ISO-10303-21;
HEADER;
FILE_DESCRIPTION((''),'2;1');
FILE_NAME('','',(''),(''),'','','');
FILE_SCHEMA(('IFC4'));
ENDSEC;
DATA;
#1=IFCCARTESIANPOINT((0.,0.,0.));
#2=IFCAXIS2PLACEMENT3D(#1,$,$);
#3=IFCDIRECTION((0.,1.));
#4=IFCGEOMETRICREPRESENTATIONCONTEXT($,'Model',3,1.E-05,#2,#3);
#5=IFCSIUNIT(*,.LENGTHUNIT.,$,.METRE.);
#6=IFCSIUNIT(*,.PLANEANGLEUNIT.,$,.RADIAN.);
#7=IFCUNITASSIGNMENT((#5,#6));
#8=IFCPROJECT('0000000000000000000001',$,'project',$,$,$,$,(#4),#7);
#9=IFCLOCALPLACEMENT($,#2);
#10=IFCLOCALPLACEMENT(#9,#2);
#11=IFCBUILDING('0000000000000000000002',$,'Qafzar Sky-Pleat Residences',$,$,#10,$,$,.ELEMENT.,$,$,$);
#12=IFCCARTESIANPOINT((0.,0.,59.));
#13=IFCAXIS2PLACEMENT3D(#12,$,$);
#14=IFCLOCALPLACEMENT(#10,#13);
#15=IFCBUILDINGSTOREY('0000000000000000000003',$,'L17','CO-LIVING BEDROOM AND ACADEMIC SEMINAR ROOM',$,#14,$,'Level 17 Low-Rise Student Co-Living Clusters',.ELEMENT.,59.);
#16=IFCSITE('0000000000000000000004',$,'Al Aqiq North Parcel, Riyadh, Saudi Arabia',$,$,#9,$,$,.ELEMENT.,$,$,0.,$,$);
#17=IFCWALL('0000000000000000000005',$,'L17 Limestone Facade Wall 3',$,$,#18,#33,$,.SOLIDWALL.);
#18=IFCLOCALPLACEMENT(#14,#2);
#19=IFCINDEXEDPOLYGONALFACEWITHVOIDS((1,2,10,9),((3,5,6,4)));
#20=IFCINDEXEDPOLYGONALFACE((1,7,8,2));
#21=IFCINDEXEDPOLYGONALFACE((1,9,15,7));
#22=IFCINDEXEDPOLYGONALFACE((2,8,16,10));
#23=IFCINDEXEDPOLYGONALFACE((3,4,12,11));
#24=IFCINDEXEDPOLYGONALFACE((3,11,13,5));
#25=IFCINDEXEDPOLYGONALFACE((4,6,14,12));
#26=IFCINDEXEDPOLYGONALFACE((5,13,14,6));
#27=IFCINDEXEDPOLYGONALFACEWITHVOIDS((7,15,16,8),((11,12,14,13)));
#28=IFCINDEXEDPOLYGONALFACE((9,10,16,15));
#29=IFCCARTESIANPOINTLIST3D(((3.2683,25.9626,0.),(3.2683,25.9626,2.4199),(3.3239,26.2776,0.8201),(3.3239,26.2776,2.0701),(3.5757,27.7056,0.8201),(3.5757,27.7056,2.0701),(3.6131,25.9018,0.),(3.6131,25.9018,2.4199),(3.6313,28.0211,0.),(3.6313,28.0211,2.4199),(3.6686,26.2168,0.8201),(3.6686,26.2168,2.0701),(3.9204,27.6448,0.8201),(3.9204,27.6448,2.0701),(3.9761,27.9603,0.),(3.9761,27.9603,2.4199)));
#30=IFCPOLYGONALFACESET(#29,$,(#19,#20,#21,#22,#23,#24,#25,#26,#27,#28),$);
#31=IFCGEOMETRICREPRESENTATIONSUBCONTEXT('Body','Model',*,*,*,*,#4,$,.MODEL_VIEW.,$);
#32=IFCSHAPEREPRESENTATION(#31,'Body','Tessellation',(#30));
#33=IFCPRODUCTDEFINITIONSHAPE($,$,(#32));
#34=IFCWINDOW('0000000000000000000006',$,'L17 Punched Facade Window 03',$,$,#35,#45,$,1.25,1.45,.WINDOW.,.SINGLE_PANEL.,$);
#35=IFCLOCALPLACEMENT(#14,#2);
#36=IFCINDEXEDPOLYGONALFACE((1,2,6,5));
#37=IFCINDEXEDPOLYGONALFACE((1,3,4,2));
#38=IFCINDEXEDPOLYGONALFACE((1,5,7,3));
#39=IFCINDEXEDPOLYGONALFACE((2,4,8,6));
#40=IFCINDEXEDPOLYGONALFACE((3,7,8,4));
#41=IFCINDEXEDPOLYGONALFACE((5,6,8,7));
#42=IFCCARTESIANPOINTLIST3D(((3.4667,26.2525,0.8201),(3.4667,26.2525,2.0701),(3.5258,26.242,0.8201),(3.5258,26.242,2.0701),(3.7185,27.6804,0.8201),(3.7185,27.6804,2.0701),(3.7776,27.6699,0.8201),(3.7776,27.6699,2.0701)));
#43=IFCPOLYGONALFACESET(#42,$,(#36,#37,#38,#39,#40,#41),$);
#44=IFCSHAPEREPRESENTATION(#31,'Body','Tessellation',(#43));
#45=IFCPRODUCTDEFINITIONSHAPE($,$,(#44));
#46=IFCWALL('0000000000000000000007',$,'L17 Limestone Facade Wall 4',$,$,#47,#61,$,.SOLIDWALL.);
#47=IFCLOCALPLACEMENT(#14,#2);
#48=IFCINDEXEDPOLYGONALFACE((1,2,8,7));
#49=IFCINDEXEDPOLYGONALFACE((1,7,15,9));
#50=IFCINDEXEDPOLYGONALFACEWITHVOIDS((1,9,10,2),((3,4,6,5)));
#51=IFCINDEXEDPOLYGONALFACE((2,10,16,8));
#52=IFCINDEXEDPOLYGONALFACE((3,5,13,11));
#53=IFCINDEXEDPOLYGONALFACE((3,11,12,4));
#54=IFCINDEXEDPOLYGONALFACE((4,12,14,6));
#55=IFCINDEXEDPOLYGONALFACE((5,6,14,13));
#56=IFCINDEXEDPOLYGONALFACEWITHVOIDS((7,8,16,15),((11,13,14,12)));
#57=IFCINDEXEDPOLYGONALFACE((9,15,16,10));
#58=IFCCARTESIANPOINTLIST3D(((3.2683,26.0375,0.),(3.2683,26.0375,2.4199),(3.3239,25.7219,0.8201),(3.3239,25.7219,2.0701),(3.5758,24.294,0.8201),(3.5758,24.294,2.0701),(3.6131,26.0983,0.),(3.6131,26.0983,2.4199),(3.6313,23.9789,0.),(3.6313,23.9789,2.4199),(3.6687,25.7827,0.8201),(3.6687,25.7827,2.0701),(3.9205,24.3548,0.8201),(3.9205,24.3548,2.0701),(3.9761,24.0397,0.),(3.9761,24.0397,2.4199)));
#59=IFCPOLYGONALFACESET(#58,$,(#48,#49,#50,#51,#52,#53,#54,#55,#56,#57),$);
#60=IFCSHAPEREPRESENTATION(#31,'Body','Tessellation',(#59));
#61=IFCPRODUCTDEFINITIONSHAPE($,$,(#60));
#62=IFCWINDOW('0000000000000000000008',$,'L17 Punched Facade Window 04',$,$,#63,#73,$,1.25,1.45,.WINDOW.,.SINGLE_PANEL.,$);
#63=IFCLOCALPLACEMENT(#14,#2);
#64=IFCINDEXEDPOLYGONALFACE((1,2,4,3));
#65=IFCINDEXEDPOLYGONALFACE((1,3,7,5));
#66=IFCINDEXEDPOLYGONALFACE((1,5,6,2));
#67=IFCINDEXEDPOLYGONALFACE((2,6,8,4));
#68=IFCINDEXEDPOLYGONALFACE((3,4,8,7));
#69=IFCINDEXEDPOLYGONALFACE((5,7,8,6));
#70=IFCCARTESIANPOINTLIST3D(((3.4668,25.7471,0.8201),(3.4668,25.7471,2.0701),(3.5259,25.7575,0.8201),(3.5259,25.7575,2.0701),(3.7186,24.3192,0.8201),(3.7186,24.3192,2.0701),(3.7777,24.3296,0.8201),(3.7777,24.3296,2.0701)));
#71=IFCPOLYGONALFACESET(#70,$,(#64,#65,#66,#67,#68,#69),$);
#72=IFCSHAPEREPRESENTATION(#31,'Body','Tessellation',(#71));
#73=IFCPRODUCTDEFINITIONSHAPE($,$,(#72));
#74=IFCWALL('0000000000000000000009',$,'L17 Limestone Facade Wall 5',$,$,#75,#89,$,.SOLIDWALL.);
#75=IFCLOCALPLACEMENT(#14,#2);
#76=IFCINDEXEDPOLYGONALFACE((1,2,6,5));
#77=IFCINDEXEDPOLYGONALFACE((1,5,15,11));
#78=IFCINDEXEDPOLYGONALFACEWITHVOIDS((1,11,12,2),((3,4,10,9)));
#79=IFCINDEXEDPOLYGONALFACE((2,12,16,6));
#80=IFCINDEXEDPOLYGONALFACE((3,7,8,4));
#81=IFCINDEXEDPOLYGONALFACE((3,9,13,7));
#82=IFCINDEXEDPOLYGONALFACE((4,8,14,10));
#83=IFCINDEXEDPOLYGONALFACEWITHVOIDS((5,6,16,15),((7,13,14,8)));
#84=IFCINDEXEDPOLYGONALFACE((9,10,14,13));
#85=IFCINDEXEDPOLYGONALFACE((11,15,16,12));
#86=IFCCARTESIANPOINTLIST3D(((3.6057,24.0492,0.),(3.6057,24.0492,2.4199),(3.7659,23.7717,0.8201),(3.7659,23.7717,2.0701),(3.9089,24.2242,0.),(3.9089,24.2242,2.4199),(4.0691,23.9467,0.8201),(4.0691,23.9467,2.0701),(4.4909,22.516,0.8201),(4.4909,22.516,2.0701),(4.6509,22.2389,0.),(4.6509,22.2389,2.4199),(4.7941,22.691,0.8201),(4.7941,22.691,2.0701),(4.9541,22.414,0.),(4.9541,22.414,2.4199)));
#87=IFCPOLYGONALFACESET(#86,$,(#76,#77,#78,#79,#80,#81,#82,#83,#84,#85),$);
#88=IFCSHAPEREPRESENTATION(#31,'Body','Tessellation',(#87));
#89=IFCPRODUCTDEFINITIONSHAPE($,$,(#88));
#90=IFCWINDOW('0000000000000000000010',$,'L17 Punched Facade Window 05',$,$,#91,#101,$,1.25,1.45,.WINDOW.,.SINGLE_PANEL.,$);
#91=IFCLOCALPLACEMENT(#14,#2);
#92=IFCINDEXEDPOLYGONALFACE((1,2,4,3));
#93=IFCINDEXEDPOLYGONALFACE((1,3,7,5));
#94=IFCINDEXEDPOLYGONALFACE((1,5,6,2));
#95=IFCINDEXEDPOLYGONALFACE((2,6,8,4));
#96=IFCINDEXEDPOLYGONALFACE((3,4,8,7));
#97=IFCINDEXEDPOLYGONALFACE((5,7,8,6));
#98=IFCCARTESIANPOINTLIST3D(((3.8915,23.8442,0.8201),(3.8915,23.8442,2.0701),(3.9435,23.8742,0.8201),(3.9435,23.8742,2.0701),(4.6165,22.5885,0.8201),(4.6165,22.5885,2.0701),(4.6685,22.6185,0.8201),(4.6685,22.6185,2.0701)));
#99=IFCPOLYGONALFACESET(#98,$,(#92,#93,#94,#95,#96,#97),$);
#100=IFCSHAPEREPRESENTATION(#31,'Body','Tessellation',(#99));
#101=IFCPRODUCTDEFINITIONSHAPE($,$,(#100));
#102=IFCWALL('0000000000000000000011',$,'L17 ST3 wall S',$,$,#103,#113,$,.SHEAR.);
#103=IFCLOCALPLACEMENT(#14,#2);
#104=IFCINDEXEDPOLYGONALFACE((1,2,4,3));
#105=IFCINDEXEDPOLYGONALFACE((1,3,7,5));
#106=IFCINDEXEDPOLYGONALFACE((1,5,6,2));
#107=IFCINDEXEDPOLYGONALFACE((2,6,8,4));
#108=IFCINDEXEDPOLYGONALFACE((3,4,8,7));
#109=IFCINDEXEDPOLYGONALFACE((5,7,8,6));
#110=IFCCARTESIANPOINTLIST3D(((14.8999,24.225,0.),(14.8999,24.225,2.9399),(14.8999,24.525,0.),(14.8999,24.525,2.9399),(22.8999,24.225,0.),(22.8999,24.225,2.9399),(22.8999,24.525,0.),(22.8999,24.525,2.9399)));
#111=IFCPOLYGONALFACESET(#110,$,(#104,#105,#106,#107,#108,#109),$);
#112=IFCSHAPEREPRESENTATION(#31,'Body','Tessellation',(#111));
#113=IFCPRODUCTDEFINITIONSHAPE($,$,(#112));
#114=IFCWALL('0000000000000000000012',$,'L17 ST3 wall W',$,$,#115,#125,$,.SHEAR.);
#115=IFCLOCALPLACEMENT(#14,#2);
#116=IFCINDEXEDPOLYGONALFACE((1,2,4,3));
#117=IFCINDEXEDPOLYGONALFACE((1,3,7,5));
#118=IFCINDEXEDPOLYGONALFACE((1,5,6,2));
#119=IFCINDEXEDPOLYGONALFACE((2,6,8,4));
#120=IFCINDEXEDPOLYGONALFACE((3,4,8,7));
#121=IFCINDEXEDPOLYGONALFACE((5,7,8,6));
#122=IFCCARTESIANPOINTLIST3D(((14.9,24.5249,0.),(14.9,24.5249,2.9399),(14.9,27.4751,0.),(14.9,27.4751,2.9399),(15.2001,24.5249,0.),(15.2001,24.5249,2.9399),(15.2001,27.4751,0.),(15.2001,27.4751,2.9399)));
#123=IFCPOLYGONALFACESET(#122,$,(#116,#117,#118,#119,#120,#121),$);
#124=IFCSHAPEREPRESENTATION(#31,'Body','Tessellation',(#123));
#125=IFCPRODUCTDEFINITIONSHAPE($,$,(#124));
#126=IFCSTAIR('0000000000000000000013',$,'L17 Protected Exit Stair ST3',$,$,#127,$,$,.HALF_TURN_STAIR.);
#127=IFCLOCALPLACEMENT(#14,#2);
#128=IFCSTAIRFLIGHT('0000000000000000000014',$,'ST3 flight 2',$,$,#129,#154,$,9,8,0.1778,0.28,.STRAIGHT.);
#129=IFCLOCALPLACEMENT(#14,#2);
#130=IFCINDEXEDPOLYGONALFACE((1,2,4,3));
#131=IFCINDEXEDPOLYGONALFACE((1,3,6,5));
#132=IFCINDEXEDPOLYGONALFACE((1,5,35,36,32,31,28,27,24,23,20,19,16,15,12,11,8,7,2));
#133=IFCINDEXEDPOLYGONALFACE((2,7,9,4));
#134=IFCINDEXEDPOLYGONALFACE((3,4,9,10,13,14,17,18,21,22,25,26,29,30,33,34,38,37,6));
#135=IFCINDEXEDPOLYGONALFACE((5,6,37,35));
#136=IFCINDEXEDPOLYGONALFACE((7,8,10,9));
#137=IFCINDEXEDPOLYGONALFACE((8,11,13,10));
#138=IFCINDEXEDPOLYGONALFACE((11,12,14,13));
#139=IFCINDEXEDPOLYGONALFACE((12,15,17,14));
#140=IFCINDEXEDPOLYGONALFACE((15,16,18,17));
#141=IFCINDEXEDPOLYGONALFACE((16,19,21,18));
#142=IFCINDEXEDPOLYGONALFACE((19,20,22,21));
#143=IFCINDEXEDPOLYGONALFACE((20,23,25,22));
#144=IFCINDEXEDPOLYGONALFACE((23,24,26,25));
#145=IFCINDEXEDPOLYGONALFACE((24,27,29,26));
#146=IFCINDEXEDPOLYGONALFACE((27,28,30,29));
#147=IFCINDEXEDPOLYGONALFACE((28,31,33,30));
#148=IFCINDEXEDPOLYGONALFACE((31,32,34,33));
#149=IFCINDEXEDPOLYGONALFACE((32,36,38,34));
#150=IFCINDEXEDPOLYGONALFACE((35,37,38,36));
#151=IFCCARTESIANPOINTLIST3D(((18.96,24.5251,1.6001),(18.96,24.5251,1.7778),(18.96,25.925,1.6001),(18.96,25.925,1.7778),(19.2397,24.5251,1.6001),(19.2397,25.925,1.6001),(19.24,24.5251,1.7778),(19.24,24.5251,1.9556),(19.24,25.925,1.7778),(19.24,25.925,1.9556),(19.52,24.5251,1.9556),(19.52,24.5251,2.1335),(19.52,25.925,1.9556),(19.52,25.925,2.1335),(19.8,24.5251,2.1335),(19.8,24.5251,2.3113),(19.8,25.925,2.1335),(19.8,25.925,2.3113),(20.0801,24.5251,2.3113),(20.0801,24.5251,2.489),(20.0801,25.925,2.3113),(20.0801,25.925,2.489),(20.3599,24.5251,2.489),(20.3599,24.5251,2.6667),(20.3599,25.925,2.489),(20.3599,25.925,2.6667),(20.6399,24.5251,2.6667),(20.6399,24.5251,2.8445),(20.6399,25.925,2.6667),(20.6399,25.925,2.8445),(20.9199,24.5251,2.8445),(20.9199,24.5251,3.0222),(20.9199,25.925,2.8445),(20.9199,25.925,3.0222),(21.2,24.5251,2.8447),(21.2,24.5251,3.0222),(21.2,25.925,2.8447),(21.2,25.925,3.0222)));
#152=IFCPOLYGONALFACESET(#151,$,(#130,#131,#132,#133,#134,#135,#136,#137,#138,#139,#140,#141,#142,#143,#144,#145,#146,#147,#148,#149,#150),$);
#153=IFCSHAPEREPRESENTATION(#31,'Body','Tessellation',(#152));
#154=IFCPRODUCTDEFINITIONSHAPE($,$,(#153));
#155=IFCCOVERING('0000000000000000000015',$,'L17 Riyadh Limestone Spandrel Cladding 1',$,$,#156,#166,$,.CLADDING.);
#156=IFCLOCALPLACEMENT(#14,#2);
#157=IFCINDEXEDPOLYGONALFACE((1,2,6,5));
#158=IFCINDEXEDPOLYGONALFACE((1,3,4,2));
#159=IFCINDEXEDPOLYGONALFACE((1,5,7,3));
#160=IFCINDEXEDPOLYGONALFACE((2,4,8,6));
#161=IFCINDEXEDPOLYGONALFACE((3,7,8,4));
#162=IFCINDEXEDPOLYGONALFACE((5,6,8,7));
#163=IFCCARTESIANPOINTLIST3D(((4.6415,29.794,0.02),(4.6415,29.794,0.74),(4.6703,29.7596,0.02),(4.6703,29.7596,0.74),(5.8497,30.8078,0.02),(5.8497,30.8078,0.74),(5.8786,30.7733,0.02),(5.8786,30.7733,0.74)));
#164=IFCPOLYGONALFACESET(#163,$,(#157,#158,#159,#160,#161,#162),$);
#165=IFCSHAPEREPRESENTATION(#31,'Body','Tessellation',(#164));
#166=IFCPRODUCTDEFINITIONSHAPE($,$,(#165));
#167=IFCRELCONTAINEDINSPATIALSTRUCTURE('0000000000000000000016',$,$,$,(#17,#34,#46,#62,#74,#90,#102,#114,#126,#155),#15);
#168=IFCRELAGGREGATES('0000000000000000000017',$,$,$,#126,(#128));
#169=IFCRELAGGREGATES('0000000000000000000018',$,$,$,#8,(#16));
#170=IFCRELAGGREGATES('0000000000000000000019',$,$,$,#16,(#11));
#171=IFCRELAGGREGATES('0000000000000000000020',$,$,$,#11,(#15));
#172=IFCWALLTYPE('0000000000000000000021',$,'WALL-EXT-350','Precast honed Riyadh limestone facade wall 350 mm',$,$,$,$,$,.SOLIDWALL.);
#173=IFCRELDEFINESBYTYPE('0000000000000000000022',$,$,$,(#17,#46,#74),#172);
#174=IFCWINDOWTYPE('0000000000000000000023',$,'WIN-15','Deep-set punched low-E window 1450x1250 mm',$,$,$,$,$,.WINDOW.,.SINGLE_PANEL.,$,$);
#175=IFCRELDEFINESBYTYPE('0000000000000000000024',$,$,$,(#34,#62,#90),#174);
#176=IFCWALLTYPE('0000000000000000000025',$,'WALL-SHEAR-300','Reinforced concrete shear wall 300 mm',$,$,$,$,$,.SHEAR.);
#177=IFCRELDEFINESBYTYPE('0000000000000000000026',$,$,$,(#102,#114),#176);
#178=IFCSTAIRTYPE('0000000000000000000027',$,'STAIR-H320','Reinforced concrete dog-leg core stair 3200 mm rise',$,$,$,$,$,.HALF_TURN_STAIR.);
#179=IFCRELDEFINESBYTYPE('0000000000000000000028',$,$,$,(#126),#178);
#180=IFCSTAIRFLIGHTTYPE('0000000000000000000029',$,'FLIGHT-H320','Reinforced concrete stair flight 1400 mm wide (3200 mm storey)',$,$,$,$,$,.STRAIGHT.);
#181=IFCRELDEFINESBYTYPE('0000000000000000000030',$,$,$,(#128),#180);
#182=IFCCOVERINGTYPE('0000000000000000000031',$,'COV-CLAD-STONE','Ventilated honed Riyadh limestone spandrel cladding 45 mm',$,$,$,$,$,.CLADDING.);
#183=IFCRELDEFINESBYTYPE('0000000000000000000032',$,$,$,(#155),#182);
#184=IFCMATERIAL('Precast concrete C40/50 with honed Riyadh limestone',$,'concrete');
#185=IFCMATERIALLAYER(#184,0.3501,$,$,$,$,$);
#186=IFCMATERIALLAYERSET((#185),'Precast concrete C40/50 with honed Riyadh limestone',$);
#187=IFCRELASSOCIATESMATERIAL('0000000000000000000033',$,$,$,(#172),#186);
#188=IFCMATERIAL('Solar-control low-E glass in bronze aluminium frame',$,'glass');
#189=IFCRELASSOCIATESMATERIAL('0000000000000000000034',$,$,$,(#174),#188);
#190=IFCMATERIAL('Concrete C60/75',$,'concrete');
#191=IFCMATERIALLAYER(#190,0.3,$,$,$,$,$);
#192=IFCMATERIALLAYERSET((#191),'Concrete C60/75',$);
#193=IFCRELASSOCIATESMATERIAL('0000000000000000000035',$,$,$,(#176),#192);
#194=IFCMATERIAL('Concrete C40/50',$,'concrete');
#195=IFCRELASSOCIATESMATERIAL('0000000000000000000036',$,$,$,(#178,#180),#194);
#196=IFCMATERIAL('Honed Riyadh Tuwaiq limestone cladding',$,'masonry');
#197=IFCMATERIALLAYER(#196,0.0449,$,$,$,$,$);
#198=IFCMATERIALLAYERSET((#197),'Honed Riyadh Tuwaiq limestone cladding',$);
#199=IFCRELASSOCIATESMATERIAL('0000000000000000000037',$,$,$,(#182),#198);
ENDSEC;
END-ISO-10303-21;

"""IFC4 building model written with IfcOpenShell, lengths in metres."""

from ifc_helpers import new_model, si_unit, direction, frame, frame_2d, origin, origin_2d, place, context, subcontext, project, spatial, polyline, rectangle, outline, extrude, source, transform, mapped, material, layer, layer_set, type_object, element, fill, aggregate, save


model = new_model("IFC4")

# Units and contexts
model_context = context("Model", 3, precision=1e-05, world=origin(), true_north=direction((0.0, 1.0)))
body_context = subcontext(model_context, "Body", "Model", "MODEL_VIEW")
ifc_project = project(units=[si_unit("LENGTHUNIT", "METRE"), si_unit("PLANEANGLEUNIT", "RADIAN")], contexts=[model_context])

# Site, building, storey
site_placement = place(None, origin())
site = spatial("IfcSite", under=ifc_project, at=site_placement, Name="Al Aqiq North Parcel, Riyadh, Saudi Arabia", CompositionType="ELEMENT", RefElevation=0.0)
building_placement = place(site_placement, origin())
building = spatial("IfcBuilding", under=site, at=building_placement, Name="Qafzar Sky-Pleat Residences", CompositionType="ELEMENT")
storey_placement = place(building_placement, frame((0.0, 0.0, 59.0)))
storey = spatial("IfcBuildingStorey", under=building, at=storey_placement, Name="L17", Description="CO-LIVING BEDROOM AND ACADEMIC SEMINAR ROOM", LongName="Level 17 Low-Rise Student Co-Living Clusters", CompositionType="ELEMENT", Elevation=59.0)

# Shared definitions
ifc_material_1 = material(Name="Concrete C60/75", Category="concrete")

# Shared definitions
ifc_material_2 = material(Name="Precast concrete C40/50 with honed Riyadh limestone", Category="concrete")
ifc_layer_1 = layer(ifc_material_2, 0.3501)
ifc_layer_set_1 = layer_set([ifc_layer_1], Name="Precast concrete C40/50 with honed Riyadh limestone")
wall_type_1 = type_object("IfcWallType", Name="WALL-EXT-350", Description="Precast honed Riyadh limestone facade wall 350 mm", PredefinedType="SOLIDWALL", material=ifc_layer_set_1)

# Walls, openings, windows
ifc_material_3 = material(Name="Solar-control low-E glass in bronze aluminium frame", Category="glass")
window_type = type_object("IfcWindowType", Name="WIN-15", Description="Deep-set punched low-E window 1450x1250 mm", PartitioningType="SINGLE_PANEL", PredefinedType="WINDOW", material=ifc_material_3)
shared_shape_1 = source(origin(), body_context, "Body", "SweptSolid", [
    extrude(rectangle(XDim=1.45, YDim=1.25, at=frame_2d((0.7251, 0.625))), frame((0.0, 0.03, 0.0), z_axis=(0.0, -1.0, 0.0), x_axis=(1.0, 0.0, 0.0)), (0.0, 0.0, 1.0), 0.0601),
])
wall_1_placement = place(storey_placement, frame((3.8037, 27.9907, 0.0), z_axis=(0.0, 0.0, 1.0), x_axis=(-0.173672, -0.984804, 0.0)))
wall_1 = element("IfcWall", 1, at=wall_1_placement, inside=storey, type_object=wall_type_1, Name="L17 Limestone Facade Wall 3", PredefinedType="SOLIDWALL", context=body_context, shape_type="SweptSolid", body=[
    extrude(rectangle(XDim=2.0903, YDim=0.3501, at=frame_2d((1.0452, 0.0))), origin(), (0.0, 0.0, 1.0), 2.4199),
])
opening_1_placement = place(wall_1_placement, frame((0.3203, 0.0, 0.8201)))
opening_1 = element("IfcOpeningElement", 2, at=opening_1_placement, cuts=wall_1, PredefinedType="OPENING", context=body_context, shape_type="SweptSolid", body=[
    extrude(rectangle(XDim=1.45, YDim=1.25, at=frame_2d((0.7251, 0.625))), frame((0.0, 0.1851, 0.0), z_axis=(0.0, -1.0, 0.0), x_axis=(1.0, 0.0, 0.0)), (0.0, 0.0, 1.0), 0.3701),
])
window_1_placement = place(opening_1_placement, origin())
window_1 = element("IfcWindow", 3, at=window_1_placement, inside=storey, type_object=window_type, Name="L17 Punched Facade Window 03", OverallHeight=1.25, OverallWidth=1.45, PartitioningType="SINGLE_PANEL", PredefinedType="WINDOW", context=body_context, shape_type="MappedRepresentation", body=[
    mapped(shared_shape_1, transform((0.0, 0.0, 0.0), x_axis=(1.0, 0.0, 0.0), y_axis=(0.0, 1.0, 0.0), z_axis=(0.0, 0.0, 1.0), scale=1.0)),
])
fill(opening_1, window_1)
wall_2_placement = place(storey_placement, frame((3.4407, 26.0679, 0.0), z_axis=(0.0, 0.0, 1.0), x_axis=(0.173672, -0.984804, 0.0)))
wall_2 = element("IfcWall", 4, at=wall_2_placement, inside=storey, type_object=wall_type_1, Name="L17 Limestone Facade Wall 4", PredefinedType="SOLIDWALL", context=body_context, shape_type="SweptSolid", body=[
    extrude(rectangle(XDim=2.0903, YDim=0.3501, at=frame_2d((1.0452, 0.0))), origin(), (0.0, 0.0, 1.0), 2.4199),
])
opening_2_placement = place(wall_2_placement, frame((0.3203, 0.0, 0.8201)))
opening_2 = element("IfcOpeningElement", 5, at=opening_2_placement, cuts=wall_2, PredefinedType="OPENING", context=body_context, shape_type="SweptSolid", body=[
    extrude(rectangle(XDim=1.45, YDim=1.25, at=frame_2d((0.7251, 0.625))), frame((0.0, 0.1851, 0.0), z_axis=(0.0, -1.0, 0.0), x_axis=(1.0, 0.0, 0.0)), (0.0, 0.0, 1.0), 0.3701),
])
window_2_placement = place(opening_2_placement, origin())
window_2 = element("IfcWindow", 6, at=window_2_placement, inside=storey, type_object=window_type, Name="L17 Punched Facade Window 04", OverallHeight=1.25, OverallWidth=1.45, PartitioningType="SINGLE_PANEL", PredefinedType="WINDOW", context=body_context, shape_type="MappedRepresentation", body=[
    mapped(shared_shape_1, transform((0.0, 0.0, 0.0), x_axis=(1.0, 0.0, 0.0), y_axis=(0.0, 1.0, 0.0), z_axis=(0.0, 0.0, 1.0), scale=1.0)),
])
fill(opening_2, window_2)
wall_3_placement = place(storey_placement, frame((3.7573, 24.1367, 0.0), z_axis=(0.0, 0.0, 1.0), x_axis=(0.499995, -0.866028, 0.0)))
wall_3 = element("IfcWall", 7, at=wall_3_placement, inside=storey, type_object=wall_type_1, Name="L17 Limestone Facade Wall 5", PredefinedType="SOLIDWALL", context=body_context, shape_type="SweptSolid", body=[
    extrude(rectangle(XDim=2.0903, YDim=0.3501, at=frame_2d((1.0452, 0.0))), origin(), (0.0, 0.0, 1.0), 2.4199),
])
opening_3_placement = place(wall_3_placement, frame((0.3203, 0.0, 0.8201)))
opening_3 = element("IfcOpeningElement", 8, at=opening_3_placement, cuts=wall_3, PredefinedType="OPENING", context=body_context, shape_type="SweptSolid", body=[
    extrude(rectangle(XDim=1.45, YDim=1.25, at=frame_2d((0.7251, 0.625))), frame((0.0, 0.1851, 0.0), z_axis=(0.0, -1.0, 0.0), x_axis=(1.0, 0.0, 0.0)), (0.0, 0.0, 1.0), 0.3701),
])
window_3_placement = place(opening_3_placement, origin())
window_3 = element("IfcWindow", 9, at=window_3_placement, inside=storey, type_object=window_type, Name="L17 Punched Facade Window 05", OverallHeight=1.25, OverallWidth=1.45, PartitioningType="SINGLE_PANEL", PredefinedType="WINDOW", context=body_context, shape_type="MappedRepresentation", body=[
    mapped(shared_shape_1, transform((0.0, 0.0, 0.0), x_axis=(1.0, 0.0, 0.0), y_axis=(0.0, 1.0, 0.0), z_axis=(0.0, 0.0, 1.0), scale=1.0)),
])
fill(opening_3, window_3)

# Walls
ifc_layer_2 = layer(ifc_material_1, 0.3)
ifc_layer_set_2 = layer_set([ifc_layer_2], Name="Concrete C60/75")
wall_type_2 = type_object("IfcWallType", Name="WALL-SHEAR-300", Description="Reinforced concrete shear wall 300 mm", PredefinedType="SHEAR", material=ifc_layer_set_2)
wall_4_placement = place(storey_placement, frame((14.8999, 24.375, 0.0), z_axis=(0.0, 0.0, 1.0), x_axis=(1.0, 0.0, 0.0)))
element("IfcWall", 10, at=wall_4_placement, inside=storey, type_object=wall_type_2, Name="L17 ST3 wall S", PredefinedType="SHEAR", context=body_context, shape_type="SweptSolid", body=[
    extrude(rectangle(XDim=8.0, YDim=0.3, at=frame_2d((4.0, 0.0))), origin(), (0.0, 0.0, 1.0), 2.9399),
])
wall_5_placement = place(storey_placement, frame((15.05, 27.4751, 0.0), z_axis=(0.0, 0.0, 1.0), x_axis=(0.0, -1.0, 0.0)))
element("IfcWall", 11, at=wall_5_placement, inside=storey, type_object=wall_type_2, Name="L17 ST3 wall W", PredefinedType="SHEAR", context=body_context, shape_type="SweptSolid", body=[
    extrude(rectangle(XDim=2.9502, YDim=0.3, at=frame_2d((1.4751, 0.0))), origin(), (0.0, 0.0, 1.0), 2.9399),
])

# Stair, stair flight
ifc_material_4 = material(Name="Concrete C40/50", Category="concrete")
stair_type = type_object("IfcStairType", Name="STAIR-H320", Description="Reinforced concrete dog-leg core stair 3200 mm rise", PredefinedType="HALF_TURN_STAIR", material=ifc_material_4)
stair_placement = place(storey_placement, origin())
stair = element("IfcStair", 12, at=stair_placement, inside=storey, type_object=stair_type, Name="L17 Protected Exit Stair ST3", PredefinedType="HALF_TURN_STAIR")
stair_flight_type = type_object("IfcStairFlightType", Name="FLIGHT-H320", Description="Reinforced concrete stair flight 1400 mm wide (3200 mm storey)", PredefinedType="STRAIGHT", material=ifc_material_4)
shared_shape_2 = source(origin(), body_context, "Body", "SweptSolid", [
    extrude(outline(polyline([(0.0, 0.0), (0.0, 0.1777), (0.28, 0.1777), (0.28, 0.3555), (0.5601, 0.3555), (0.5601, 0.5334), (0.8401, 0.5334), (0.8401, 0.7112), (1.1201, 0.7112), (1.1201, 0.8889), (1.3999, 0.8889), (1.3999, 1.0667), (1.6799, 1.0667), (1.6799, 1.2444), (1.96, 1.2444), (1.96, 1.4221), (2.24, 1.4221), (2.24, 1.6001), (2.24, 1.2446), (0.2798, 0.0), (0.0, 0.0)])), frame((0.0, 0.7, 0.0), z_axis=(0.0, -1.0, 0.0), x_axis=(1.0, 0.0, 0.0)), (0.0, 0.0, 1.0), 1.3999),
])
stair_flight_placement = place(storey_placement, frame((18.96, 25.2251, 1.6001), z_axis=(0.0, 0.0, 1.0), x_axis=(1.0, 0.0, 0.0)))
stair_flight = element("IfcStairFlight", 13, at=stair_flight_placement, type_object=stair_flight_type, Name="ST3 flight 2", NumberOfRisers=9, NumberOfTreads=8, PredefinedType="STRAIGHT", RiserHeight=0.1778, TreadLength=0.28, context=body_context, shape_type="MappedRepresentation", body=[
    mapped(shared_shape_2, transform((0.0, 0.0, 0.0), x_axis=(1.0, 0.0, 0.0), y_axis=(0.0, 1.0, 0.0), z_axis=(0.0, 0.0, 1.0), scale=1.0)),
])
aggregate(stair, [stair_flight])

# Covering
ifc_material_5 = material(Name="Honed Riyadh Tuwaiq limestone cladding", Category="masonry")
ifc_layer_3 = layer(ifc_material_5, 0.0449)
ifc_layer_set_3 = layer_set([ifc_layer_3], Name="Honed Riyadh Tuwaiq limestone cladding")
covering_type = type_object("IfcCoveringType", Name="COV-CLAD-STONE", Description="Ventilated honed Riyadh limestone spandrel cladding 45 mm", PredefinedType="CLADDING", material=ifc_layer_set_3)
shared_shape_3 = source(origin(), body_context, "Body", "SweptSolid", [
    extrude(rectangle(XDim=1.5771, YDim=0.0449, at=origin_2d()), origin(), (0.0, 0.0, 1.0), 0.72),
])
covering_1_placement = place(storey_placement, frame((5.26, 30.2837, 0.02), z_axis=(0.0, 0.0, 1.0), x_axis=(-0.766075, -0.642752, 0.0)))
element("IfcCovering", 14, at=covering_1_placement, inside=storey, type_object=covering_type, Name="L17 Riyadh Limestone Spandrel Cladding 1", PredefinedType="CLADDING", context=body_context, shape_type="MappedRepresentation", body=[
    mapped(shared_shape_3, transform((0.0, 0.0, 0.0), x_axis=(1.0, 0.0, 0.0), y_axis=(0.0, 1.0, 0.0), z_axis=(0.0, 0.0, 1.0), scale=1.0)),
])

save(model, "model.ifc")
